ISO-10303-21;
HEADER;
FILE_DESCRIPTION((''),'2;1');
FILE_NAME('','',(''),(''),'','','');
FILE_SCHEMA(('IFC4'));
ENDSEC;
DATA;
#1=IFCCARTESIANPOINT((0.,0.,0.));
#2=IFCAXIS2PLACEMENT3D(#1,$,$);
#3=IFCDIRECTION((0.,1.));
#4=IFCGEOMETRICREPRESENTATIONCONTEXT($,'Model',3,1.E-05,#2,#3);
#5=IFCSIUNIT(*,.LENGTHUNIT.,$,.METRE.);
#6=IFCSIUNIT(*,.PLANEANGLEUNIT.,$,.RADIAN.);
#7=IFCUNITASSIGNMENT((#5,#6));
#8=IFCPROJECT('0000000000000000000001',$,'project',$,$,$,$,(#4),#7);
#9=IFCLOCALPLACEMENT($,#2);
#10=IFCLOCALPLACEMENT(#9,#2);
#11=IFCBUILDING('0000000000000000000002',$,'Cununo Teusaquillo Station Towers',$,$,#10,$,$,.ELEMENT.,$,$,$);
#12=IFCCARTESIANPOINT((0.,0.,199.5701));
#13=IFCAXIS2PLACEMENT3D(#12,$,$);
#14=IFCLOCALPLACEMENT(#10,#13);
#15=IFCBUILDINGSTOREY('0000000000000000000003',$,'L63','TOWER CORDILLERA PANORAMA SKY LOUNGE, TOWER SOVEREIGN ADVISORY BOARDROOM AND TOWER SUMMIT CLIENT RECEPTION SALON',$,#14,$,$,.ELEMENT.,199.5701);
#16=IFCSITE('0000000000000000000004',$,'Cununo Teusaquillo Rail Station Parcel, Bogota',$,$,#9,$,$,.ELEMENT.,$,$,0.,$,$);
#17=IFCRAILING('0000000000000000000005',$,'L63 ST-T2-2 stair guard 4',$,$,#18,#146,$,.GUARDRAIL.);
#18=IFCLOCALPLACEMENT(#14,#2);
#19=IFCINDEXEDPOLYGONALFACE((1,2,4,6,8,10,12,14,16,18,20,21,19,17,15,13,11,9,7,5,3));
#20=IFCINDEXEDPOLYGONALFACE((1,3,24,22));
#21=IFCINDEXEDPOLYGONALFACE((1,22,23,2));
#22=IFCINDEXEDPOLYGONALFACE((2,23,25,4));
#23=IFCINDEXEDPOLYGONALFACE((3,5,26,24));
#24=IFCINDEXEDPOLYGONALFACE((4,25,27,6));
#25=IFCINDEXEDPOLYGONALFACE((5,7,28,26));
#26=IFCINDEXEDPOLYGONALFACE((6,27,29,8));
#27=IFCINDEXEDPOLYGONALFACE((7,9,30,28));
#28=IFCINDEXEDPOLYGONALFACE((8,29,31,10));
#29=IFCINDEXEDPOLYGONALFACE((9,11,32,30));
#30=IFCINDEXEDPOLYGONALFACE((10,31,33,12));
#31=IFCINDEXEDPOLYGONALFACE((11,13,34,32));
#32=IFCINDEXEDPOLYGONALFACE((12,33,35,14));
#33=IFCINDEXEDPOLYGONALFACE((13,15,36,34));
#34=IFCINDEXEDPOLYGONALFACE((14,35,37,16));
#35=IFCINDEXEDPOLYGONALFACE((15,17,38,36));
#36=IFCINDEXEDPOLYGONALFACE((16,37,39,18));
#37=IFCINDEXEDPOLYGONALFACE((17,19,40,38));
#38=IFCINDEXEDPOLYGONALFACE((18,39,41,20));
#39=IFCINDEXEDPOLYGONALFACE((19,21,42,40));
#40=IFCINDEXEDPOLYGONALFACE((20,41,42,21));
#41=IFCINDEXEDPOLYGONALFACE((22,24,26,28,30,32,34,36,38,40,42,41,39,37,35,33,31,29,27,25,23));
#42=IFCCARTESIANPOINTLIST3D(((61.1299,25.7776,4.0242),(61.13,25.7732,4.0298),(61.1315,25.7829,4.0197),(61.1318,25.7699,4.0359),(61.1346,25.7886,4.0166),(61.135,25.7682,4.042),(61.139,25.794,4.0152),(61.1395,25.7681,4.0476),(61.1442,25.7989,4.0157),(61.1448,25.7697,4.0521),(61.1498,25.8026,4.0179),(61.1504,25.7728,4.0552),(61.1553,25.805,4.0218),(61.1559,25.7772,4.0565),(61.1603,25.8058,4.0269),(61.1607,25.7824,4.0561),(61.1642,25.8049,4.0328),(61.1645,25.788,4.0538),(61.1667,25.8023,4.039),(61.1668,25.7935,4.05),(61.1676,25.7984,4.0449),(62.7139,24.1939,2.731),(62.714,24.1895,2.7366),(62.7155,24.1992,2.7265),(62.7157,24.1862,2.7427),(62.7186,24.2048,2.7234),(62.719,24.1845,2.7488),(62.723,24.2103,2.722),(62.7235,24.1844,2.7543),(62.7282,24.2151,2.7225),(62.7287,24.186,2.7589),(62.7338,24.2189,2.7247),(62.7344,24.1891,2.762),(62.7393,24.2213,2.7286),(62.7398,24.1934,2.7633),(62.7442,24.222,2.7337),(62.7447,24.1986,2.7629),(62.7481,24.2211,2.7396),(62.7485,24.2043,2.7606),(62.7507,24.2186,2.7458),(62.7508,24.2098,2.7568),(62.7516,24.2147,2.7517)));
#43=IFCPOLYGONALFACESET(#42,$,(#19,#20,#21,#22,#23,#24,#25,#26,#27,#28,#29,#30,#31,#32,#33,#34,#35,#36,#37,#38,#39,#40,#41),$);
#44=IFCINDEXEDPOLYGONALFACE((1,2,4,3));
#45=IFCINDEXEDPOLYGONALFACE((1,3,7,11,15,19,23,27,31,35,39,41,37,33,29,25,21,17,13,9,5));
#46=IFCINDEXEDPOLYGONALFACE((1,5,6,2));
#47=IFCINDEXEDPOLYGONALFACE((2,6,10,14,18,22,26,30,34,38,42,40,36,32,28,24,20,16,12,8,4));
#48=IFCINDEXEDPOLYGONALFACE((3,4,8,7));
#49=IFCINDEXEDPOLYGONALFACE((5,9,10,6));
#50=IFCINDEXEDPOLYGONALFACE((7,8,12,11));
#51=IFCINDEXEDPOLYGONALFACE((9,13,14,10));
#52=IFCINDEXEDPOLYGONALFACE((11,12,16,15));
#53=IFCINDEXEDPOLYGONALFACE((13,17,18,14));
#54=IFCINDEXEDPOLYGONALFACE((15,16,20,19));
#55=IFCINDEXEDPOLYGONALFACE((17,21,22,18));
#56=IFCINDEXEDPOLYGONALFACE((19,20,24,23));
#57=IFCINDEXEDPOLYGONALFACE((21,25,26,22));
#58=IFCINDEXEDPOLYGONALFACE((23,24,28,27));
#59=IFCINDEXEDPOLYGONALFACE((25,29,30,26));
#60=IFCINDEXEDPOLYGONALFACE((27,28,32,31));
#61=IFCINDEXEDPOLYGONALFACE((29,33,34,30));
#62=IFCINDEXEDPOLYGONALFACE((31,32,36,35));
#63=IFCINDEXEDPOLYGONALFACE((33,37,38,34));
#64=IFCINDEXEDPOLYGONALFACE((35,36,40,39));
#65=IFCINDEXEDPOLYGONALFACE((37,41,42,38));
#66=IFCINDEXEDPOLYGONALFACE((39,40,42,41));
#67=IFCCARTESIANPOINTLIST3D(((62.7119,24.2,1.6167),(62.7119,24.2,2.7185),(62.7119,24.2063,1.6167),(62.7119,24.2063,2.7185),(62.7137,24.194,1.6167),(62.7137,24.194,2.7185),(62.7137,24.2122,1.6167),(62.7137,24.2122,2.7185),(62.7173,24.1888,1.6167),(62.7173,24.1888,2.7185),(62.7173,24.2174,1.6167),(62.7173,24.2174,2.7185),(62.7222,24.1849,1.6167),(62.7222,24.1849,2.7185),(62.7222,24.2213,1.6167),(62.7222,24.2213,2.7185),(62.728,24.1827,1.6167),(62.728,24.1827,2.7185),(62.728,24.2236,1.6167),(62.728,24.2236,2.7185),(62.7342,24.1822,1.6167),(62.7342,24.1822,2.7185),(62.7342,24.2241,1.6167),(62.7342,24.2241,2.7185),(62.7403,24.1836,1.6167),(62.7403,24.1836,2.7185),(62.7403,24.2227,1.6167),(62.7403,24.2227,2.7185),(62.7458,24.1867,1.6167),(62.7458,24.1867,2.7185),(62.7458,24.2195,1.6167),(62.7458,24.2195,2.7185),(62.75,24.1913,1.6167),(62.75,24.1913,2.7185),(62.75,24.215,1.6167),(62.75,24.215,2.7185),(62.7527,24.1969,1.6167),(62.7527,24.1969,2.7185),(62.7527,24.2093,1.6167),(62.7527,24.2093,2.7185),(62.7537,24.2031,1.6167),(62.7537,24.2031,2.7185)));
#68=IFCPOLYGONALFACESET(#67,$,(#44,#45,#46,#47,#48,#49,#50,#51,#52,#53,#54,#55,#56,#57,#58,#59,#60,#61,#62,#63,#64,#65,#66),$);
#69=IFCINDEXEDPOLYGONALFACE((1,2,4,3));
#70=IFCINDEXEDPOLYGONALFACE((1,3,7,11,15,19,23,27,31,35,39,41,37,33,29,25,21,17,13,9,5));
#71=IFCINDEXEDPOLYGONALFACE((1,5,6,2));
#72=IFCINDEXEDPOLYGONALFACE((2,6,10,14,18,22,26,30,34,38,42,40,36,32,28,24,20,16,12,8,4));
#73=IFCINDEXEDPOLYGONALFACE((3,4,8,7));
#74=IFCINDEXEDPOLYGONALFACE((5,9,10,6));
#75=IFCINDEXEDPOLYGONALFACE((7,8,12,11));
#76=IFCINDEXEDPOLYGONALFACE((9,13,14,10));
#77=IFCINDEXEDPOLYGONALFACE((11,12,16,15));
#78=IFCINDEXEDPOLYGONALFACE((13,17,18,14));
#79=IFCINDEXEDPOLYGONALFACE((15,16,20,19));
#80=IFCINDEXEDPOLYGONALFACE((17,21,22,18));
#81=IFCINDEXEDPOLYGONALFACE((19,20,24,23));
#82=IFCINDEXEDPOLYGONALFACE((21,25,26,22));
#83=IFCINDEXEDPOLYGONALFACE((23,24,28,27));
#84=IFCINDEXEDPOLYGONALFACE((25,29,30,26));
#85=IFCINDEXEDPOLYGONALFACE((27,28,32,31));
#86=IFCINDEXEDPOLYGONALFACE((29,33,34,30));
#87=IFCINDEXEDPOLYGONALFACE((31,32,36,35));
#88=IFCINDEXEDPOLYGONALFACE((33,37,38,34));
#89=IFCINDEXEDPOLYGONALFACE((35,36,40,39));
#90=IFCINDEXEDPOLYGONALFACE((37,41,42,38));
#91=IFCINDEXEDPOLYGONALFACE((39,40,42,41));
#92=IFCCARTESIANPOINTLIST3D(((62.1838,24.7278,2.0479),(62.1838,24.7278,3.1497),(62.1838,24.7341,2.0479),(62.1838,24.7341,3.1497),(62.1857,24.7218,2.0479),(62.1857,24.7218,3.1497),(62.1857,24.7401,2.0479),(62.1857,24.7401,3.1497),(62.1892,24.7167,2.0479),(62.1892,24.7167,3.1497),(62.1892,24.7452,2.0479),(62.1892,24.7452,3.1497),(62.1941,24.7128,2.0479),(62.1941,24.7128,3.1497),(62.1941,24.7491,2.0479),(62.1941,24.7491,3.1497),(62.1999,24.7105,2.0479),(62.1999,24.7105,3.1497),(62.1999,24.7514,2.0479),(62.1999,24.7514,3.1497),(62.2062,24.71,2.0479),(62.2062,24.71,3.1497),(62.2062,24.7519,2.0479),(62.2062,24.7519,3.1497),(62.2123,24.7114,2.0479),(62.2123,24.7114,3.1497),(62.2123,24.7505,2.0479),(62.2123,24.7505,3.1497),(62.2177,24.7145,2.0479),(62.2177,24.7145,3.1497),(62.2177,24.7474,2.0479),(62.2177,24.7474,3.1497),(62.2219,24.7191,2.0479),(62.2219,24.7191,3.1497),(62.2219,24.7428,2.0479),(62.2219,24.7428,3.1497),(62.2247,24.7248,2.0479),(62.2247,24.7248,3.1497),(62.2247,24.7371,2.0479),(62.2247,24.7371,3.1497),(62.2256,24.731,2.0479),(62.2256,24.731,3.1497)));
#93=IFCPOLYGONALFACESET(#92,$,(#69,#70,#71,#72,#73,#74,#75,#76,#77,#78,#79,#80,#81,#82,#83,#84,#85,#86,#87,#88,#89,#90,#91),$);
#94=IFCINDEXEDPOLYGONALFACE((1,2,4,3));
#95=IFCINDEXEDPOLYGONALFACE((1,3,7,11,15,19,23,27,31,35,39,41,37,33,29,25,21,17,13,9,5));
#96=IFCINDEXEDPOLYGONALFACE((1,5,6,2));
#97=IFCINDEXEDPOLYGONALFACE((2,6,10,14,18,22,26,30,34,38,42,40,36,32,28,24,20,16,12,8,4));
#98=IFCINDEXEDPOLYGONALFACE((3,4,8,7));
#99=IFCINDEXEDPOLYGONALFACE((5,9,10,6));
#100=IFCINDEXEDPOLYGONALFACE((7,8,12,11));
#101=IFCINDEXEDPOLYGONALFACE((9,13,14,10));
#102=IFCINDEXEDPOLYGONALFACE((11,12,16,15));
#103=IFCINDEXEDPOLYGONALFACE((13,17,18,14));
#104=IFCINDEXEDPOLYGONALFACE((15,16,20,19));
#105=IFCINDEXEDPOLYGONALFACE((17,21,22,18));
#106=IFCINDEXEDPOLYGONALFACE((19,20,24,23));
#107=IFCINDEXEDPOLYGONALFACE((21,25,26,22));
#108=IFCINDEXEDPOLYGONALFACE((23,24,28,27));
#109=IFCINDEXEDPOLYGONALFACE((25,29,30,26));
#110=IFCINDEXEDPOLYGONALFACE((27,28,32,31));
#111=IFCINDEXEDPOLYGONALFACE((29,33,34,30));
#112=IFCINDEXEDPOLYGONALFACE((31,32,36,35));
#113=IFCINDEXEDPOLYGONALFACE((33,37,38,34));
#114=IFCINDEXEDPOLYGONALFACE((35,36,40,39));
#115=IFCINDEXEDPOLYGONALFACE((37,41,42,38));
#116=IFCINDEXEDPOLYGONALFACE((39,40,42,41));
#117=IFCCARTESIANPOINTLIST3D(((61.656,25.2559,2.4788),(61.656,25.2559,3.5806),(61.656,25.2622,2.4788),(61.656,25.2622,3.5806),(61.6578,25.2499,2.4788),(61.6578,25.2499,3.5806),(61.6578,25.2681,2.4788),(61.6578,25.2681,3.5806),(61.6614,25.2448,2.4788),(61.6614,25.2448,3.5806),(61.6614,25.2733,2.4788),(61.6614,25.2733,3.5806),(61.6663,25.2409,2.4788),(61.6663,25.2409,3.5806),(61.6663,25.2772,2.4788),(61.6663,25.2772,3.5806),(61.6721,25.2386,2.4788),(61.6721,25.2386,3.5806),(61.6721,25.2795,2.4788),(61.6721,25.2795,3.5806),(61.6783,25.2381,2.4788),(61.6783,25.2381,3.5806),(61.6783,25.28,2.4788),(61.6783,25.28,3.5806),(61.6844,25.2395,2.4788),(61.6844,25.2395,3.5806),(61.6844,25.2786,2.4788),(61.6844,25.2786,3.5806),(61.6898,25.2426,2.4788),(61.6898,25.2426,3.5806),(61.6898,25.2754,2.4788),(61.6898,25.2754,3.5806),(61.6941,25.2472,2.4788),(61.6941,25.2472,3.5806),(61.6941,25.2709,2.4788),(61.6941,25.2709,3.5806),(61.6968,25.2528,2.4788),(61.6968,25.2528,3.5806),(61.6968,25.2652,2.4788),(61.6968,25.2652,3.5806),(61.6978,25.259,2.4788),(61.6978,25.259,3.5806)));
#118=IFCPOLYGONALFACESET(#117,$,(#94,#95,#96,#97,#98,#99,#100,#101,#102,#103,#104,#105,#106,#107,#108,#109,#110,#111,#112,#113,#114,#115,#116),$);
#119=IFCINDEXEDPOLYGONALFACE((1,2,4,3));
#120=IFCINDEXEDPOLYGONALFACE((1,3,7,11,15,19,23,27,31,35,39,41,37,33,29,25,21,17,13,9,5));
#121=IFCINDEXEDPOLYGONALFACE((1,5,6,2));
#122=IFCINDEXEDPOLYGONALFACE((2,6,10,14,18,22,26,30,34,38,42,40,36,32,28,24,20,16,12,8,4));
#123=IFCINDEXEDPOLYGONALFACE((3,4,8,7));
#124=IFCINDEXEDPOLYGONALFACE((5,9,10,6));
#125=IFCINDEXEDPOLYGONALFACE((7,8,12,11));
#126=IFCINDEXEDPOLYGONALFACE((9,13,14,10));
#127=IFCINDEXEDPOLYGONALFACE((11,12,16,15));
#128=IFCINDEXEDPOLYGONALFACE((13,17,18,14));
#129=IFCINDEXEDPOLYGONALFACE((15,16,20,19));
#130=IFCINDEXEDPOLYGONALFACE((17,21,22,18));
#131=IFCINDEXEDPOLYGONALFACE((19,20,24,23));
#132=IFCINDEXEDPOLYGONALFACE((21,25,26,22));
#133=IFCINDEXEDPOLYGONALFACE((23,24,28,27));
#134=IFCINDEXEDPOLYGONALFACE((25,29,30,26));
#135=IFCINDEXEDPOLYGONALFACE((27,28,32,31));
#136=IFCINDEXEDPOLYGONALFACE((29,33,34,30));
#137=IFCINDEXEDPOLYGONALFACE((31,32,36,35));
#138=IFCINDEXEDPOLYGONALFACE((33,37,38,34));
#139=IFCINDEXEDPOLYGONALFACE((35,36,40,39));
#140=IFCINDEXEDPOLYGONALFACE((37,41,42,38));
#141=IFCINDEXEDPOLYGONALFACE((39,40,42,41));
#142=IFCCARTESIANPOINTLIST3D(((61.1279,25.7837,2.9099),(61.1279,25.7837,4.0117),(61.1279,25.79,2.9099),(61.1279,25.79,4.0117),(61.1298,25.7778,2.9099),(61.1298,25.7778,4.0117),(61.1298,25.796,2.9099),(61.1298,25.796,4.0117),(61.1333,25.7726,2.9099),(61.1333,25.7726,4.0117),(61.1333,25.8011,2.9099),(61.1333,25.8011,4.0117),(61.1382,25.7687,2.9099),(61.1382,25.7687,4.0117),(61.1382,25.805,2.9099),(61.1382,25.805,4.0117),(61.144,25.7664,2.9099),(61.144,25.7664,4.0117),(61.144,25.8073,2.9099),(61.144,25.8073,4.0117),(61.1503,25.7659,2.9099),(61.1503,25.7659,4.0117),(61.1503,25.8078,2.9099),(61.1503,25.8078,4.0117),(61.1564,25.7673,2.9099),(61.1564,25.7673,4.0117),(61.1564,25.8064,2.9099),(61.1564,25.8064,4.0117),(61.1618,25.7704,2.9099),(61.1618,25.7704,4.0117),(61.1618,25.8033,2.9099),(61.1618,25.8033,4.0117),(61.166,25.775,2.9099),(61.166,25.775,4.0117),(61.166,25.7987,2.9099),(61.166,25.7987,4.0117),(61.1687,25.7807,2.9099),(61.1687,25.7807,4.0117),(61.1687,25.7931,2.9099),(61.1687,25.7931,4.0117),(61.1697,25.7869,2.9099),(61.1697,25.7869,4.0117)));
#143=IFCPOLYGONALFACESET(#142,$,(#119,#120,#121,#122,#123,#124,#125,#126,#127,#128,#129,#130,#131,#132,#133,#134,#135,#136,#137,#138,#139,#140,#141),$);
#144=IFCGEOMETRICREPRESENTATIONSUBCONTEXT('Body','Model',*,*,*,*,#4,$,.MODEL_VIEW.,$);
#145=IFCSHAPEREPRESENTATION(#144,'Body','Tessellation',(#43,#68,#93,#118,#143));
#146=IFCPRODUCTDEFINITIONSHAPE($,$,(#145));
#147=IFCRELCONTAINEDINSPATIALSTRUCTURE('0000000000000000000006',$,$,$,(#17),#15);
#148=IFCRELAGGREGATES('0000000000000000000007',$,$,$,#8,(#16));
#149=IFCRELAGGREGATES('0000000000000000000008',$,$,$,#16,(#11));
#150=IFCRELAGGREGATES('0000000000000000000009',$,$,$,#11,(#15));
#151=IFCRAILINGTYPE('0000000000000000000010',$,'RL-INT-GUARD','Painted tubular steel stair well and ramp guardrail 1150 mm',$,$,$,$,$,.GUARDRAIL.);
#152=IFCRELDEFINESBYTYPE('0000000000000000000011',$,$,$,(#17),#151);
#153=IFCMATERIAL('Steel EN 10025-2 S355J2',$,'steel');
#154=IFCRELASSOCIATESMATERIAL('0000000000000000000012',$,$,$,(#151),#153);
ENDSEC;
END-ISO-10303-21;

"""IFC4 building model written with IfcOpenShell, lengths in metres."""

from ifc_helpers import new_model, si_unit, direction, frame, origin, origin_2d, place, context, subcontext, project, spatial, circle, extrude, material, type_object, element, save


model = new_model("IFC4")

# Units and contexts
model_context = context("Model", 3, precision=1e-05, world=origin(), true_north=direction((0.0, 1.0)))
body_context = subcontext(model_context, "Body", "Model", "MODEL_VIEW")
ifc_project = project(units=[si_unit("LENGTHUNIT", "METRE"), si_unit("PLANEANGLEUNIT", "RADIAN")], contexts=[model_context])

# Site, building, storey
site_placement = place(None, origin())
site = spatial("IfcSite", under=ifc_project, at=site_placement, Name="Cununo Teusaquillo Rail Station Parcel, Bogota", CompositionType="ELEMENT", RefElevation=0.0)
building_placement = place(site_placement, origin())
building = spatial("IfcBuilding", under=site, at=building_placement, Name="Cununo Teusaquillo Station Towers", CompositionType="ELEMENT")
storey_placement = place(building_placement, frame((0.0, 0.0, 199.5701)))
storey = spatial("IfcBuildingStorey", under=building, at=storey_placement, Name="L63", Description="TOWER CORDILLERA PANORAMA SKY LOUNGE, TOWER SOVEREIGN ADVISORY BOARDROOM AND TOWER SUMMIT CLIENT RECEPTION SALON", CompositionType="ELEMENT", Elevation=199.5701)

# Railing
ifc_material_1 = material(Name="Steel EN 10025-2 S355J2", Category="steel")
railing_type_1 = type_object("IfcRailingType", Name="RL-INT-GUARD", Description="Painted tubular steel stair well and ramp guardrail 1150 mm", PredefinedType="GUARDRAIL", material=ifc_material_1)
railing_1_placement = place(storey_placement, frame((62.7327, 24.2031, 1.6167)))
element("IfcRailing", 1, at=railing_1_placement, inside=storey, type_object=railing_type_1, Name="L63 ST-T2-2 stair guard 4", PredefinedType="GUARDRAIL", context=body_context, shape_type="SweptSolid", body=[
    extrude(circle(Radius=0.0239, at=origin_2d()), frame((0.0, 0.0, 1.126), z_axis=(-0.61242, 0.612326, 0.499998), x_axis=(-0.707052, -0.707161, 0.0)), (0.0, 0.0, 1.0), 2.5864),
    extrude(circle(Radius=0.021, at=origin_2d()), origin(), (0.0, 0.0, 1.0), 1.1018),
    extrude(circle(Radius=0.021, at=origin_2d()), frame((-0.5281, 0.5278, 0.4312)), (0.0, 0.0, 1.0), 1.1018),
    extrude(circle(Radius=0.021, at=origin_2d()), frame((-1.0559, 1.0559, 0.8621)), (0.0, 0.0, 1.0), 1.1018),
    extrude(circle(Radius=0.021, at=origin_2d()), frame((-1.584, 1.5837, 1.2932)), (0.0, 0.0, 1.0), 1.1018),
])

save(model, "model.ifc")
